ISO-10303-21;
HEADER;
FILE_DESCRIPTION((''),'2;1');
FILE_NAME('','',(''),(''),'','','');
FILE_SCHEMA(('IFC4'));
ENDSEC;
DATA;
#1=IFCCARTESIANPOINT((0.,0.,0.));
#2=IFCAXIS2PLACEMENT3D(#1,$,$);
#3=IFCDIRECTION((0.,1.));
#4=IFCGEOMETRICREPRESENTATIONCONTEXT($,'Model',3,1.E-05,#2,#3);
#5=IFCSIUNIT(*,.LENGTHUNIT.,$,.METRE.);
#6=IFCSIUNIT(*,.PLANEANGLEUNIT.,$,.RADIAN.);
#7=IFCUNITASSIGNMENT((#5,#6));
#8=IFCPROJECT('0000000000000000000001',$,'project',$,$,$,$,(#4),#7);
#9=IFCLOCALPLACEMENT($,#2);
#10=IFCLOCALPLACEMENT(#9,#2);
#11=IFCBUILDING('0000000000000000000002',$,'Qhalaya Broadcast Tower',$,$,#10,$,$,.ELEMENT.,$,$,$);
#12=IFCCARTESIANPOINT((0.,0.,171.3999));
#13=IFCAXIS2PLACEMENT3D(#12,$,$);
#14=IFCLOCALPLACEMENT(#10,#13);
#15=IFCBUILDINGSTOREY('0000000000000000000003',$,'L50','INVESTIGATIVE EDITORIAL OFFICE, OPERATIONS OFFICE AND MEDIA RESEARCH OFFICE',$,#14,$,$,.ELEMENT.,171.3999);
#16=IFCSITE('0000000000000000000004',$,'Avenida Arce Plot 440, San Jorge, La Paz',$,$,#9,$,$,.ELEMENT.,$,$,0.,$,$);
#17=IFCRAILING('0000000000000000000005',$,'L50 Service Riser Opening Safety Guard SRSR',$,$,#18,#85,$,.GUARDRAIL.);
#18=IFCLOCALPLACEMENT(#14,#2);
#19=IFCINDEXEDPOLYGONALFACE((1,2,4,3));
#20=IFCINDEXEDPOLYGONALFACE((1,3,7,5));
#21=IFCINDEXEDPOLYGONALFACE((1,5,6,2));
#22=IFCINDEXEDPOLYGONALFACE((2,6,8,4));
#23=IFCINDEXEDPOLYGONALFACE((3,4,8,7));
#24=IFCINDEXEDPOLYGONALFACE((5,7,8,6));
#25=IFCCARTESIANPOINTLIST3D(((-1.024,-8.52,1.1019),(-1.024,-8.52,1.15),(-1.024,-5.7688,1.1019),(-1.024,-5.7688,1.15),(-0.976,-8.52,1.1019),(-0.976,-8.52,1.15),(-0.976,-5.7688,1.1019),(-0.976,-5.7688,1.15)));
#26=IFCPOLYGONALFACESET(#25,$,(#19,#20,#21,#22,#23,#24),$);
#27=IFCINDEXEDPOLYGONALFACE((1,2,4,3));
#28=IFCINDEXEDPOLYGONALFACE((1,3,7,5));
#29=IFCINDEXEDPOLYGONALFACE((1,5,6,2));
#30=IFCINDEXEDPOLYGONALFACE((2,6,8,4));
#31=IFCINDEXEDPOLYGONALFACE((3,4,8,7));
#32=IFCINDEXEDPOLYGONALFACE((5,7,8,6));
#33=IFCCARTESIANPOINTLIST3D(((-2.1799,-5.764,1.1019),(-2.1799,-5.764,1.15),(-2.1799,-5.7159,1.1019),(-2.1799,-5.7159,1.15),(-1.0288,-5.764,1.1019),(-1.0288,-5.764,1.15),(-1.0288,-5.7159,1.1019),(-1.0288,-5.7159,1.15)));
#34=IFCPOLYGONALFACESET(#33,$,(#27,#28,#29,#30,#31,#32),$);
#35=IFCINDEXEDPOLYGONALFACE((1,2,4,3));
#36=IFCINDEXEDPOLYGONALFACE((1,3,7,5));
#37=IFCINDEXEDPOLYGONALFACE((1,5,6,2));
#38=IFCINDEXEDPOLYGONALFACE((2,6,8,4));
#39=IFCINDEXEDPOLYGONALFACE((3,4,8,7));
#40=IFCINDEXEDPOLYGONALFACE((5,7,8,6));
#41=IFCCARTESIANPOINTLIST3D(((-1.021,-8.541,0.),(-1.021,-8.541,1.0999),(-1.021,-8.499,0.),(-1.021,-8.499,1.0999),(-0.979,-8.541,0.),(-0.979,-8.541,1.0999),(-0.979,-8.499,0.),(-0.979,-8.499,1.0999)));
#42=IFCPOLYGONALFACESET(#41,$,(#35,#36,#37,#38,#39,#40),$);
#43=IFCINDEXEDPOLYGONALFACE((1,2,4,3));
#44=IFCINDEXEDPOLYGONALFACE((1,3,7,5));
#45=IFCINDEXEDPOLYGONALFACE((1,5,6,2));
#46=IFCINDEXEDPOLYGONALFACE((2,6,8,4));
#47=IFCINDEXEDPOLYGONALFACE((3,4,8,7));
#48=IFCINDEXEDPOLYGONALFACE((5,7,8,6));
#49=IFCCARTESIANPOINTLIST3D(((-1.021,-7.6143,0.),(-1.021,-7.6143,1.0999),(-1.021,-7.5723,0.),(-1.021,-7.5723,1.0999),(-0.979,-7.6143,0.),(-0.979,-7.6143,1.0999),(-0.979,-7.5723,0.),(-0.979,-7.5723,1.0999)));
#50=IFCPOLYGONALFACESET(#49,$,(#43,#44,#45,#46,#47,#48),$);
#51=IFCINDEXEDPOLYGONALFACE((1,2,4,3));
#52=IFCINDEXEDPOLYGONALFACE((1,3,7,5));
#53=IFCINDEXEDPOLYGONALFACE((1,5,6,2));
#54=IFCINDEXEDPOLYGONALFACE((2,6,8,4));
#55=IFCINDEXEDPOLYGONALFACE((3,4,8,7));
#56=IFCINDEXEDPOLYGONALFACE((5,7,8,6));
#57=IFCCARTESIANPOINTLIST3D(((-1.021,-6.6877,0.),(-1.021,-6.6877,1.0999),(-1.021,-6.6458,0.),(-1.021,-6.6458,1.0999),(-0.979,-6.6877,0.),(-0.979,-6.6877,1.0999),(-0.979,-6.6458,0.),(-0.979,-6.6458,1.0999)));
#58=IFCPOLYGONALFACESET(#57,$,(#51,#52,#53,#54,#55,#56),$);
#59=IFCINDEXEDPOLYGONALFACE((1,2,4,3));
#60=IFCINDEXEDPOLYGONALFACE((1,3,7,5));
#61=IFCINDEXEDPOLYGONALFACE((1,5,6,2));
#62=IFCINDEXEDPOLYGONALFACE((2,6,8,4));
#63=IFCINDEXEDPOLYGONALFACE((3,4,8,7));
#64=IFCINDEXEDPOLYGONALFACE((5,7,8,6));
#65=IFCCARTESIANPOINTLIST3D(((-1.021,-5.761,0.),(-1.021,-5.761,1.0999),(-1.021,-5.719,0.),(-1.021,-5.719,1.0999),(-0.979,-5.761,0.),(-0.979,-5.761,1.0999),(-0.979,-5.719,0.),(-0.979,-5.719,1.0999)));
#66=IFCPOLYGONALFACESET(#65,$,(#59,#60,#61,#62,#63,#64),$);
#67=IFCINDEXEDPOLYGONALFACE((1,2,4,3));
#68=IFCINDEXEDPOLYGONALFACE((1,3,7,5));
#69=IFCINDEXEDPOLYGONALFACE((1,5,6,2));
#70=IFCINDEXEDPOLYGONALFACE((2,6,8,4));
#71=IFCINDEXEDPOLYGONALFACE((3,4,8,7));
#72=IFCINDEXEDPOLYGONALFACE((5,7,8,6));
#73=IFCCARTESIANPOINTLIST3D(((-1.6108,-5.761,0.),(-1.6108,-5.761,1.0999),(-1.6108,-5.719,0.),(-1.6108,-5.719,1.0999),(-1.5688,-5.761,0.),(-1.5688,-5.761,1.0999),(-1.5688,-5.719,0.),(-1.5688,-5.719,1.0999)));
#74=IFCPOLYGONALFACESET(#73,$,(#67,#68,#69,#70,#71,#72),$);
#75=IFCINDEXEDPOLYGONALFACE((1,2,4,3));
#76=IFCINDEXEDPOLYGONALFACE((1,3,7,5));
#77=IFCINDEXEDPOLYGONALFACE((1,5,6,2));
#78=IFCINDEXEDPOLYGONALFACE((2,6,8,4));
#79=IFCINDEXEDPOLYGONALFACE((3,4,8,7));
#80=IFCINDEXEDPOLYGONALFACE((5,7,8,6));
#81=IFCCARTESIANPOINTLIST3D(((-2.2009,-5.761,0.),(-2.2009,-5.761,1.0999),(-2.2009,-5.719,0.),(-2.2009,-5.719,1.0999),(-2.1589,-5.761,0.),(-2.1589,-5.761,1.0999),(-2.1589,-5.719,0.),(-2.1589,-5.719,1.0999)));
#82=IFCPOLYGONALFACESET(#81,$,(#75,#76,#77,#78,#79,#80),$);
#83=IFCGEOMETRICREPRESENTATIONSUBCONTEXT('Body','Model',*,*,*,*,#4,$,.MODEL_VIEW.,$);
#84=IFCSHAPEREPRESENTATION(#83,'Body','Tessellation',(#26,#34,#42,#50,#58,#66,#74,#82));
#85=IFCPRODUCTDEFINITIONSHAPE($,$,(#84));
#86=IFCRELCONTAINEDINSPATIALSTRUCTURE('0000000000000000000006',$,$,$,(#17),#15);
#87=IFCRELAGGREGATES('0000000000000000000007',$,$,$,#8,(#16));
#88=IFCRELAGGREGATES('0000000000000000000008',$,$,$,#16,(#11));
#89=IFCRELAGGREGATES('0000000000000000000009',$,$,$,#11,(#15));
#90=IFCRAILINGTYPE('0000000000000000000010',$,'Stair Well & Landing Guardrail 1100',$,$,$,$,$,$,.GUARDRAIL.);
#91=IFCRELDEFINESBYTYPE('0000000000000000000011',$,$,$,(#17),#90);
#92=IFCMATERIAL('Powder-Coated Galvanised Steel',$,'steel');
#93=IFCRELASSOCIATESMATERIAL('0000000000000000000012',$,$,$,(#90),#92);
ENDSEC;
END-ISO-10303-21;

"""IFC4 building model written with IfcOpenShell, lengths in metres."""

from ifc_helpers import new_model, si_unit, direction, frame, origin, origin_2d, place, context, subcontext, project, spatial, rectangle, extrude, material, type_object, element, save


model = new_model("IFC4")

# Units and contexts
model_context = context("Model", 3, precision=1e-05, world=origin(), true_north=direction((0.0, 1.0)))
body_context = subcontext(model_context, "Body", "Model", "MODEL_VIEW")
ifc_project = project(units=[si_unit("LENGTHUNIT", "METRE"), si_unit("PLANEANGLEUNIT", "RADIAN")], contexts=[model_context])

# Site, building, storey
site_placement = place(None, origin())
site = spatial("IfcSite", under=ifc_project, at=site_placement, Name="Avenida Arce Plot 440, San Jorge, La Paz", CompositionType="ELEMENT", RefElevation=0.0)
building_placement = place(site_placement, origin())
building = spatial("IfcBuilding", under=site, at=building_placement, Name="Qhalaya Broadcast Tower", CompositionType="ELEMENT")
storey_placement = place(building_placement, frame((0.0, 0.0, 171.3999)))
storey = spatial("IfcBuildingStorey", under=building, at=storey_placement, Name="L50", Description="INVESTIGATIVE EDITORIAL OFFICE, OPERATIONS OFFICE AND MEDIA RESEARCH OFFICE", CompositionType="ELEMENT", Elevation=171.3999)

# Railing
ifc_material_1 = material(Name="Powder-Coated Galvanised Steel", Category="steel")
railing_type = type_object("IfcRailingType", Name="Stair Well & Landing Guardrail 1100", PredefinedType="GUARDRAIL", material=ifc_material_1)
railing_placement = place(storey_placement, frame((-1.0, -8.52, 0.0)))
element("IfcRailing", 1, at=railing_placement, inside=storey, type_object=railing_type, Name="L50 Service Riser Opening Safety Guard SRSR", PredefinedType="GUARDRAIL", context=body_context, shape_type="SweptSolid", body=[
    extrude(rectangle(XDim=0.0481, YDim=0.0481, at=origin_2d()), frame((0.0, 0.0, 1.126), z_axis=(0.0, 1.0, 0.0), x_axis=(-1.0, 0.0, 0.0)), (0.0, 0.0, 1.0), 2.7512),
    extrude(rectangle(XDim=0.0481, YDim=0.0481, at=origin_2d()), frame((-0.0288, 2.78, 1.126), z_axis=(-1.0, 0.0, 0.0), x_axis=(0.0, -1.0, 0.0)), (0.0, 0.0, 1.0), 1.1511),
    extrude(rectangle(XDim=0.042, YDim=0.042, at=origin_2d()), origin(), (0.0, 0.0, 1.0), 1.0999),
    extrude(rectangle(XDim=0.042, YDim=0.042, at=origin_2d()), frame((0.0, 0.9268, 0.0)), (0.0, 0.0, 1.0), 1.0999),
    extrude(rectangle(XDim=0.042, YDim=0.042, at=origin_2d()), frame((0.0, 1.8533, 0.0)), (0.0, 0.0, 1.0), 1.0999),
    extrude(rectangle(XDim=0.042, YDim=0.042, at=origin_2d()), frame((0.0, 2.78, 0.0)), (0.0, 0.0, 1.0), 1.0999),
    extrude(rectangle(XDim=0.042, YDim=0.042, at=origin_2d()), frame((-0.5898, 2.78, 0.0)), (0.0, 0.0, 1.0), 1.0999),
    extrude(rectangle(XDim=0.042, YDim=0.042, at=origin_2d()), frame((-1.1799, 2.78, 0.0)), (0.0, 0.0, 1.0), 1.0999),
])

save(model, "model.ifc")
